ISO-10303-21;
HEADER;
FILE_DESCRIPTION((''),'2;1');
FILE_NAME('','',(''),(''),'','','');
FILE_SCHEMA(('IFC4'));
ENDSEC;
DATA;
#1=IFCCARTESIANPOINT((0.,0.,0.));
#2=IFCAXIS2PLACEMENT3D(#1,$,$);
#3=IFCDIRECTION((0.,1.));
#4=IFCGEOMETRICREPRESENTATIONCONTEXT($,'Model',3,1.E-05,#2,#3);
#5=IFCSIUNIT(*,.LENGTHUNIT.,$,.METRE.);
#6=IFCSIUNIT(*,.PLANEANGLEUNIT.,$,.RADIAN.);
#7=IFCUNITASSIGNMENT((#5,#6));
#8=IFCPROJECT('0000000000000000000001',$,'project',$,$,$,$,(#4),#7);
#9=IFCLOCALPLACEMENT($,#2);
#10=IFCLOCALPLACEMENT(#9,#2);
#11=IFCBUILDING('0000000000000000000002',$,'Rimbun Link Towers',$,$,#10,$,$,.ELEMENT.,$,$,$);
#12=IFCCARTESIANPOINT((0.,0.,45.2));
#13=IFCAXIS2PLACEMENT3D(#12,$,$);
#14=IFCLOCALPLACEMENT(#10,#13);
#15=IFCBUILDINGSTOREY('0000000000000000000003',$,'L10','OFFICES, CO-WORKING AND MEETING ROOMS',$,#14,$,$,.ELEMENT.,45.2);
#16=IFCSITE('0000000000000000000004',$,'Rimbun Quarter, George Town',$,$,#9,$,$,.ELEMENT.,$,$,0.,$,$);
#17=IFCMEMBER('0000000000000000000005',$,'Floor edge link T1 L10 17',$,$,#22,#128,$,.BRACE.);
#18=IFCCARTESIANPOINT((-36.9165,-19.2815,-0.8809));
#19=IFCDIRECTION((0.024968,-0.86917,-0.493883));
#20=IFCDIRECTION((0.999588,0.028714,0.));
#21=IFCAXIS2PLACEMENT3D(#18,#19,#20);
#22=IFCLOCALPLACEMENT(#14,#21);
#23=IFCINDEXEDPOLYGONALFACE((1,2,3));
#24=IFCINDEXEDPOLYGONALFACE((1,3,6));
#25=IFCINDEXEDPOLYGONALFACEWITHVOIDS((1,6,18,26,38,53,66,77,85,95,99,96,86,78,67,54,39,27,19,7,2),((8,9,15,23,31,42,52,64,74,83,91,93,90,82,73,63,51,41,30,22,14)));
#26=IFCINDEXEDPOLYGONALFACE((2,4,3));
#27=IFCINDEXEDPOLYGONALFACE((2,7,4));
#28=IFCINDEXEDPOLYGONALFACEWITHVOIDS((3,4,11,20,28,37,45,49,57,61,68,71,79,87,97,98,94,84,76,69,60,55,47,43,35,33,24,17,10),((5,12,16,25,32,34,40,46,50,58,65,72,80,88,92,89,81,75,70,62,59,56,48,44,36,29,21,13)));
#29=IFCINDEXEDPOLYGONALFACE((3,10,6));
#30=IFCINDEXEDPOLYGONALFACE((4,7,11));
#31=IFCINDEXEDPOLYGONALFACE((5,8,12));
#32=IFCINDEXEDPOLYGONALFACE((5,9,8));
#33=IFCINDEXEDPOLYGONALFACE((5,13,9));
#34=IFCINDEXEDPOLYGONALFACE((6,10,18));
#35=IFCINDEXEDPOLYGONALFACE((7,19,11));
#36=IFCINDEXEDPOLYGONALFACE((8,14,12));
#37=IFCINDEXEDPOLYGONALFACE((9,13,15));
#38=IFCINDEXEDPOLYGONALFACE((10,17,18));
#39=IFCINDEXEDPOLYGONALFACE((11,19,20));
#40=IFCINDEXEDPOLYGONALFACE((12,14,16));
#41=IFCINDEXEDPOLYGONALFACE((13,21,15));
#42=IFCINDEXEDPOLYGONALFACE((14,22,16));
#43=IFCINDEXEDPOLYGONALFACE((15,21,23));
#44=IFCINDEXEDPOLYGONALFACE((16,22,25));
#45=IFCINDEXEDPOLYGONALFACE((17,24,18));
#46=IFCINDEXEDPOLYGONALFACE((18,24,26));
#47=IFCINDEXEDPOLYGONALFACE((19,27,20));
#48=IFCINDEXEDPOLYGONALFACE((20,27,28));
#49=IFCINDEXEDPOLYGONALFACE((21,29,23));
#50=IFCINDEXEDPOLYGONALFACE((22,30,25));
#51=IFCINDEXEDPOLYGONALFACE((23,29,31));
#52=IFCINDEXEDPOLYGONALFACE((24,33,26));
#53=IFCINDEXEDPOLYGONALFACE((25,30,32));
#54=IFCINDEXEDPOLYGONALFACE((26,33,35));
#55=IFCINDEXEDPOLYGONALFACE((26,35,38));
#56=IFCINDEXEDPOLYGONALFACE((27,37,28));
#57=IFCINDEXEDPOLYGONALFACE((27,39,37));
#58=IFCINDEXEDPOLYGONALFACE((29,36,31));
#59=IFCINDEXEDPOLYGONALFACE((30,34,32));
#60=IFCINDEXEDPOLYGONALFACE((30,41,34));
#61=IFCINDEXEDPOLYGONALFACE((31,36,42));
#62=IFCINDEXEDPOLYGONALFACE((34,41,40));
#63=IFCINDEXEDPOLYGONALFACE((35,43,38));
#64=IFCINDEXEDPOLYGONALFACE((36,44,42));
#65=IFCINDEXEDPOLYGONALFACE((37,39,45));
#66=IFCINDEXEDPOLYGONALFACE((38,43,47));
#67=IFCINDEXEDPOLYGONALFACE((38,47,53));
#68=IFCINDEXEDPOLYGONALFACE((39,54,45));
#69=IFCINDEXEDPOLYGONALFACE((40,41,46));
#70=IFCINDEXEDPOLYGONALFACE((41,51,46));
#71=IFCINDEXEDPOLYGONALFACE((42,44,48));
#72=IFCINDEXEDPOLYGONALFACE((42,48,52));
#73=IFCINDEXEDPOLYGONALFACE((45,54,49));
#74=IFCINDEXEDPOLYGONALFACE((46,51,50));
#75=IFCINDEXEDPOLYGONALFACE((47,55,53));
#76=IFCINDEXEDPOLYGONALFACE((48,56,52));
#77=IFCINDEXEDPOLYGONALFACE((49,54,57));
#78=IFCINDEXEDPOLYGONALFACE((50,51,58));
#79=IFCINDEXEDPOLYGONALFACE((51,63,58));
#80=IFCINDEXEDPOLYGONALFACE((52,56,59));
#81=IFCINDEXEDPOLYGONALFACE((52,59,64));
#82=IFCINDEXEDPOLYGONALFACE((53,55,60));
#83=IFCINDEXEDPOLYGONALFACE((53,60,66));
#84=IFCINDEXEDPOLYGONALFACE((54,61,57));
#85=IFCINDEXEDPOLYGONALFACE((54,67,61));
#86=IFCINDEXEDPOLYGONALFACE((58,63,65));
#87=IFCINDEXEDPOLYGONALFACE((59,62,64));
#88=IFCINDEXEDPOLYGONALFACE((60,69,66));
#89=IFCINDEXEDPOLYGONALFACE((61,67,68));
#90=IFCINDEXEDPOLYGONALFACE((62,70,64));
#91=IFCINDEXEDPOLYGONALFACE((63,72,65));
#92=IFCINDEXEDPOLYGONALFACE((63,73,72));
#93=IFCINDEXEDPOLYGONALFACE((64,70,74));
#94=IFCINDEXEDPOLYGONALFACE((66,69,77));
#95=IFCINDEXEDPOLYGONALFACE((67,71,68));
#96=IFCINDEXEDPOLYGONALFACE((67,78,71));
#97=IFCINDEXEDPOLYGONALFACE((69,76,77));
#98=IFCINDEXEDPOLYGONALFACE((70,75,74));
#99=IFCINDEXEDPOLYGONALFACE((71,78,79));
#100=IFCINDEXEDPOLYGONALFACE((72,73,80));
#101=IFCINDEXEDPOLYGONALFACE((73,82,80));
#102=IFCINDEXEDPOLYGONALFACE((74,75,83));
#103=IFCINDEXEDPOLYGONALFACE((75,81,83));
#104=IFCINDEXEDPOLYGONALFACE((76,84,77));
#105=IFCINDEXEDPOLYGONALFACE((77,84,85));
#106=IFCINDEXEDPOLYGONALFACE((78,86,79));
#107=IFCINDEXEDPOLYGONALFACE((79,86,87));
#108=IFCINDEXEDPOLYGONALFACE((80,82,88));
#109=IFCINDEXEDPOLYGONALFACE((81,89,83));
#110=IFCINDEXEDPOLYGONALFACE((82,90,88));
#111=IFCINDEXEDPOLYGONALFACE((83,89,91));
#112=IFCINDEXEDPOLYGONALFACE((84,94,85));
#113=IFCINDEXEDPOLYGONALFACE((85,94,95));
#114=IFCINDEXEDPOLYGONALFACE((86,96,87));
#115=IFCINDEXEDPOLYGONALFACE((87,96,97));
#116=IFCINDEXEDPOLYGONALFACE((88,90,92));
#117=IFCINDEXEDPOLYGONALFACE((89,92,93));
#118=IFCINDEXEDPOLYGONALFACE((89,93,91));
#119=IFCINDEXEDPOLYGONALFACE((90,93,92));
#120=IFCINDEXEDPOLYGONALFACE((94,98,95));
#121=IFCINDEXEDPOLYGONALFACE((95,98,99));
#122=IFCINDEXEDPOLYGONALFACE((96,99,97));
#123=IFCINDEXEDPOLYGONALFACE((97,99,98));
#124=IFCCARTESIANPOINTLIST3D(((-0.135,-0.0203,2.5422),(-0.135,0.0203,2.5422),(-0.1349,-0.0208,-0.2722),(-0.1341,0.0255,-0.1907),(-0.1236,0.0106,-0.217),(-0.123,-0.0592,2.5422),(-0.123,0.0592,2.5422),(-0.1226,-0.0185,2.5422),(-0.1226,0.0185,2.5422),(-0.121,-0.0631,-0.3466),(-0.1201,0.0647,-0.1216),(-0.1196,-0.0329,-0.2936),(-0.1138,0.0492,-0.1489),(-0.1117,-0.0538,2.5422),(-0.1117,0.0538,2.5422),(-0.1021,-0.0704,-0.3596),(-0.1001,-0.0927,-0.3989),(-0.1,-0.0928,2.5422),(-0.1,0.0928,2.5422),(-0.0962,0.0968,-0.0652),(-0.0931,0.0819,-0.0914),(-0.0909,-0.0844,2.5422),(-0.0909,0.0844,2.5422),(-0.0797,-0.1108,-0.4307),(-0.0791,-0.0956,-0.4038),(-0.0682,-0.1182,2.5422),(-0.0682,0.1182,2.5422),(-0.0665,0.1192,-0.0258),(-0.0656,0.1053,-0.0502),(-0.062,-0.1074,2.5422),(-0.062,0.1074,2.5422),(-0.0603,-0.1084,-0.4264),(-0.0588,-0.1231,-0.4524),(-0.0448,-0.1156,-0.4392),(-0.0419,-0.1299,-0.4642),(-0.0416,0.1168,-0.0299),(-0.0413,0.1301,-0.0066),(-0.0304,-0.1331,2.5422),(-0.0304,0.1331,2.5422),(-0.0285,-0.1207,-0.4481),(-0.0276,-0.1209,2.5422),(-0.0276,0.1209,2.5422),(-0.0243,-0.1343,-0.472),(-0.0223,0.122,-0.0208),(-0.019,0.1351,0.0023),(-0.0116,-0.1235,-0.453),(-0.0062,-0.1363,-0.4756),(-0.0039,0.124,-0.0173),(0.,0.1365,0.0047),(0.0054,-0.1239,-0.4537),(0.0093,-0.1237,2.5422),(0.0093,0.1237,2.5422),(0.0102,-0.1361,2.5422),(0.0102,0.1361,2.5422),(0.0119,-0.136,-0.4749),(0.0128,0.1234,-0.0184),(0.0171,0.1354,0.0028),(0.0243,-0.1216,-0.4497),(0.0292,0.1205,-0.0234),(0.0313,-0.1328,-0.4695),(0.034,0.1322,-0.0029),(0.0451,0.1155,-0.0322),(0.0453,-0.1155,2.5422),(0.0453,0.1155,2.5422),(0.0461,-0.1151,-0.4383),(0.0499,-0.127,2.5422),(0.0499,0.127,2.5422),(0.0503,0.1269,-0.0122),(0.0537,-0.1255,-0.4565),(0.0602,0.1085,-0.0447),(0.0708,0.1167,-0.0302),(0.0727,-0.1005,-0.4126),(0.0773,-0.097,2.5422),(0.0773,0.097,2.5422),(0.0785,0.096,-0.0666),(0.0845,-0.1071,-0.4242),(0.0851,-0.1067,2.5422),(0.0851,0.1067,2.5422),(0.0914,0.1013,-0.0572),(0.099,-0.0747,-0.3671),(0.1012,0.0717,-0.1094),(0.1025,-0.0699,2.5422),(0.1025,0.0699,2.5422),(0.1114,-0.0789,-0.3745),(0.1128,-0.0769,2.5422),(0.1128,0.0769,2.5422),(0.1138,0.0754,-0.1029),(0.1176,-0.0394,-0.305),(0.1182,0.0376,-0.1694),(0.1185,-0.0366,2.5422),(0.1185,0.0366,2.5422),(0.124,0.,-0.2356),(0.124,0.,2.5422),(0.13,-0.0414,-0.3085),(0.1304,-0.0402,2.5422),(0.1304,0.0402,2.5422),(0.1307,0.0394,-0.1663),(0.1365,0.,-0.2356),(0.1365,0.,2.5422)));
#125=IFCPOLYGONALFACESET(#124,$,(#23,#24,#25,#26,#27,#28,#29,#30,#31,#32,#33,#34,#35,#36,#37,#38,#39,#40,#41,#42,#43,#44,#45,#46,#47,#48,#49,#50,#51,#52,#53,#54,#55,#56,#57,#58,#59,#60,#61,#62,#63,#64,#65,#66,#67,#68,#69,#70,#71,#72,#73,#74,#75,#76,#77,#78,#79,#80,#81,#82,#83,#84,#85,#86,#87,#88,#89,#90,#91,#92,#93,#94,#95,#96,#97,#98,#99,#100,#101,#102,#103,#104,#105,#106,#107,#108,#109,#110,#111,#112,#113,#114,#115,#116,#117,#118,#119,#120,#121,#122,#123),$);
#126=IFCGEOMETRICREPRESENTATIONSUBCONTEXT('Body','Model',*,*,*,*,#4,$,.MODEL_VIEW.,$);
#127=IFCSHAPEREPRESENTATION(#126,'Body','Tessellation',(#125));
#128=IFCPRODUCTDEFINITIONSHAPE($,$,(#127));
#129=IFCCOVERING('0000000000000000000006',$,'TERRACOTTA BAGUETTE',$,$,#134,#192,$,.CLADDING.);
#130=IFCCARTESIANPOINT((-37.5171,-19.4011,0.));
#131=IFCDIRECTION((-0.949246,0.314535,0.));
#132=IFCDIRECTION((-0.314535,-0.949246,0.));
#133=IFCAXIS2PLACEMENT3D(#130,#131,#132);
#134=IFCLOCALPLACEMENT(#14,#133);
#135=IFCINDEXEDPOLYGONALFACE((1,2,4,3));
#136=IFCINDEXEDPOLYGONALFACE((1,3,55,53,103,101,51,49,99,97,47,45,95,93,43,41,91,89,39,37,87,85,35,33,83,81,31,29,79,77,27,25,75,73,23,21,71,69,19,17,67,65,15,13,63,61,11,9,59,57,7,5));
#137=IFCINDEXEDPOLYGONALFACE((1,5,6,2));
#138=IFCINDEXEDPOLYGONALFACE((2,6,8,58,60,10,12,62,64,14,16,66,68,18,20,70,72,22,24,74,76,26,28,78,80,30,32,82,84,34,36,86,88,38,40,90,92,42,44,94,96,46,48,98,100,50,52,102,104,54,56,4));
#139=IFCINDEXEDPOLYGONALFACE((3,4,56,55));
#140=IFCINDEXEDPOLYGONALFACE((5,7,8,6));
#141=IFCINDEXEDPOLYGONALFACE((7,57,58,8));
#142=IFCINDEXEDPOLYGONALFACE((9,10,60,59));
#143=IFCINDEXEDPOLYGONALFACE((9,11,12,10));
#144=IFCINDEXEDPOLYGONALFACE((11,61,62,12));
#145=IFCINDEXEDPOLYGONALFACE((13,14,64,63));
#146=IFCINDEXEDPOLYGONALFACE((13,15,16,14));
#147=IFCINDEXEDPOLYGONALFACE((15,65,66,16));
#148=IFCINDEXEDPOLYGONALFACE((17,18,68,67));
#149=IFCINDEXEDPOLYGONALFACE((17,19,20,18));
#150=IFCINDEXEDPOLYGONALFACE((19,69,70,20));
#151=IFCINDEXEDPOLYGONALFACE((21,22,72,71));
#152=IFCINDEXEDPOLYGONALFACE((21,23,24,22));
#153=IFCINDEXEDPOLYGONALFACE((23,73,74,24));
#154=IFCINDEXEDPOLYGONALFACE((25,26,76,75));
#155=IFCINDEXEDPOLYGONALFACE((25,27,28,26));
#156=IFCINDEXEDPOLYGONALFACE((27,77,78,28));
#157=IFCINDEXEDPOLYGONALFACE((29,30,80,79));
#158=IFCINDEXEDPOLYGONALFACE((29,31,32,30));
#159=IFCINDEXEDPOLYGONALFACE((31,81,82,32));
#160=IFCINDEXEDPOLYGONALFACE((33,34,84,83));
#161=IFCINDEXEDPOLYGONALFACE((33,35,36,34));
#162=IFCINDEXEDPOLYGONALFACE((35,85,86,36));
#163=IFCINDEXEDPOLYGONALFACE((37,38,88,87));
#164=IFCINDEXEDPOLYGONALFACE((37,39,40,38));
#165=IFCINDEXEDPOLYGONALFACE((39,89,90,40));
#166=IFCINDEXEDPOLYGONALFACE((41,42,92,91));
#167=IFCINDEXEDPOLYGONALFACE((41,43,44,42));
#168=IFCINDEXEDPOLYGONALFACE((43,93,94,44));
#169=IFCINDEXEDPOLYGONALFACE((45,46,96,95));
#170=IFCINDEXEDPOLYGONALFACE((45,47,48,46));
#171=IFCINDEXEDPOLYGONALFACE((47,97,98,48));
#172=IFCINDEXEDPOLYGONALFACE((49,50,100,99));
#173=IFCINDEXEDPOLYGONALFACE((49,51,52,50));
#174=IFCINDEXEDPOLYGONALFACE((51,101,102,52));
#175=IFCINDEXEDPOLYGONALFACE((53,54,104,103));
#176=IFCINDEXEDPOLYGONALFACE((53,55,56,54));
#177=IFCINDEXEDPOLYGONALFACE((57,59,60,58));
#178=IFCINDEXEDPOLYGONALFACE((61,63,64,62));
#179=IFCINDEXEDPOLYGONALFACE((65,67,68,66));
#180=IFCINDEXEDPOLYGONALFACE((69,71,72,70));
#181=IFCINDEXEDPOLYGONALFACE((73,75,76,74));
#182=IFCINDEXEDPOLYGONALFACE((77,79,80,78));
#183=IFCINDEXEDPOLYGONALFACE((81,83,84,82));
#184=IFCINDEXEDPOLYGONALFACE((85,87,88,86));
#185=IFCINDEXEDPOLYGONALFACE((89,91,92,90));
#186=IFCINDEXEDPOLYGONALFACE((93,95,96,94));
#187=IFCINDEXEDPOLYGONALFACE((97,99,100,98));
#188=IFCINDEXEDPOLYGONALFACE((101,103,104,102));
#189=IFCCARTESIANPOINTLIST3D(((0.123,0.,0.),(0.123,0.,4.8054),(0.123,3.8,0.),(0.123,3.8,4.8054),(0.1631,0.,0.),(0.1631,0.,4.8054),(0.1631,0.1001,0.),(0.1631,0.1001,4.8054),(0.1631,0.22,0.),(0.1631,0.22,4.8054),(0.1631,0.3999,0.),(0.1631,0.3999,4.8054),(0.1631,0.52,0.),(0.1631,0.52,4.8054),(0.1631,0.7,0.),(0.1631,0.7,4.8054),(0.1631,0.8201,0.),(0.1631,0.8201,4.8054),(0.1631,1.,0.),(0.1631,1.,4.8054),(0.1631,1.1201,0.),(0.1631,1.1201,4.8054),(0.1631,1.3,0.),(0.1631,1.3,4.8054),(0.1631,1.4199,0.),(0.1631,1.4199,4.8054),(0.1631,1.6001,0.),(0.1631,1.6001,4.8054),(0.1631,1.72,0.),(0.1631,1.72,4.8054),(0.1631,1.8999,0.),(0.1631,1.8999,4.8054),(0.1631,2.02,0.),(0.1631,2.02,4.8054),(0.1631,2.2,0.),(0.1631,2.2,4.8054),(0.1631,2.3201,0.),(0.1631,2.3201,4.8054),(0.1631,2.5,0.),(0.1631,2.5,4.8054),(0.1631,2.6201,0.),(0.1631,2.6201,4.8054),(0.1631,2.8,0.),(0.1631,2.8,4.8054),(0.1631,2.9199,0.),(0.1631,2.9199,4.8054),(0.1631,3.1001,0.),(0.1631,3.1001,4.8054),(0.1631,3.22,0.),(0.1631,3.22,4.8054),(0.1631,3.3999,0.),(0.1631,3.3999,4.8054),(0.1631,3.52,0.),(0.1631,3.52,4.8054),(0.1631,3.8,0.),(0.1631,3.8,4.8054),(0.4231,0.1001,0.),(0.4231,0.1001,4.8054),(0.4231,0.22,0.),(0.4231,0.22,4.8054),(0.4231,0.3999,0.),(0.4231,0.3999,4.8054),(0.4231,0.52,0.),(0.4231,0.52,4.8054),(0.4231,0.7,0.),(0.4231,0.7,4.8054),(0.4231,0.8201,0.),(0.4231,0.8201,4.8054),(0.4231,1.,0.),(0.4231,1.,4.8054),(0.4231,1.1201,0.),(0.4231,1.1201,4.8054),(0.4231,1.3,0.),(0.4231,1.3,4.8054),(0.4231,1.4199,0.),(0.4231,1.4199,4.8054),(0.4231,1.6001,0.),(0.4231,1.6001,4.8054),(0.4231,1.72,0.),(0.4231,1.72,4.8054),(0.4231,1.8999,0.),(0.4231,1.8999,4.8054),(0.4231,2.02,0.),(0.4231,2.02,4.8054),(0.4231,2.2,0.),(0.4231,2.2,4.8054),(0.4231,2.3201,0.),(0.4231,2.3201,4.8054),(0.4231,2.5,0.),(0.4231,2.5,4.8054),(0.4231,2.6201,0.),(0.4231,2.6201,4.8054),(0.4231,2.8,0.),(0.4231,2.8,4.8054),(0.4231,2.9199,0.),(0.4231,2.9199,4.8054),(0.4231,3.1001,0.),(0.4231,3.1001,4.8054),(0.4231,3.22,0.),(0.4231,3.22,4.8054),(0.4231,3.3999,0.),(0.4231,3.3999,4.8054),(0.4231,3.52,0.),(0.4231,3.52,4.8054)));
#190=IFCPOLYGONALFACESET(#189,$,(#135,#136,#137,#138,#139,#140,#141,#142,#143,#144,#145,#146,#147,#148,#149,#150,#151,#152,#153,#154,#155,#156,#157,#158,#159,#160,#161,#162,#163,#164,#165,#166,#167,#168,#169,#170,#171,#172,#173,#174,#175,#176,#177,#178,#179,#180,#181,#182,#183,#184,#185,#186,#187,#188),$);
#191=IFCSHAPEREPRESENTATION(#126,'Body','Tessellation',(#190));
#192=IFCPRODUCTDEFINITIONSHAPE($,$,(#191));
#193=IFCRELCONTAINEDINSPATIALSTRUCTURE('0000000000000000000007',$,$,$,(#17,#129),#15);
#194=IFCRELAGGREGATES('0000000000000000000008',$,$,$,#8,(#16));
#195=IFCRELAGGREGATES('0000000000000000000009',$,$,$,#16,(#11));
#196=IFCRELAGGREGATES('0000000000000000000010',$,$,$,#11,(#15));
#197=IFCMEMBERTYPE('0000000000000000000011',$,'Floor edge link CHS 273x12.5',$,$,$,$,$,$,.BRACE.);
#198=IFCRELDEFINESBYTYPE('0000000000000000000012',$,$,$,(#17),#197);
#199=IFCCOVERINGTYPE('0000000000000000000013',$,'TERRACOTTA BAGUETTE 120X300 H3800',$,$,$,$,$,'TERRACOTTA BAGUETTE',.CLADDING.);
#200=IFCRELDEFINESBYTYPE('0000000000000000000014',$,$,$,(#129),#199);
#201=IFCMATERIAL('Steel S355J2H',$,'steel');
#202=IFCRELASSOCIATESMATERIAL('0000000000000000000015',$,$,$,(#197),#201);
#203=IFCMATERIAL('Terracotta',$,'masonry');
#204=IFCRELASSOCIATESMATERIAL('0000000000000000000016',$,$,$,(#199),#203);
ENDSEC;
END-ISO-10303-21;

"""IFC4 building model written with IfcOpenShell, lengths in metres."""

from ifc_helpers import new_model, si_unit, direction, frame, origin, origin_2d, place, context, subcontext, project, spatial, polyline, hollow_circle, outline, extrude, clip, halfspace, material, material_profile, profile_set, type_object, element, save


model = new_model("IFC4")

# Units and contexts
model_context = context("Model", 3, precision=1e-05, world=origin(), true_north=direction((0.0, 1.0)))
body_context = subcontext(model_context, "Body", "Model", "MODEL_VIEW")
ifc_project = project(units=[si_unit("LENGTHUNIT", "METRE"), si_unit("PLANEANGLEUNIT", "RADIAN")], contexts=[model_context])

# Site, building, storey
site_placement = place(None, origin())
site = spatial("IfcSite", under=ifc_project, at=site_placement, Name="Rimbun Quarter, George Town", CompositionType="ELEMENT", RefElevation=0.0)
building_placement = place(site_placement, origin())
building = spatial("IfcBuilding", under=site, at=building_placement, Name="Rimbun Link Towers", CompositionType="ELEMENT")
storey_placement = place(building_placement, frame((0.0, 0.0, 45.2)))
storey = spatial("IfcBuildingStorey", under=building, at=storey_placement, Name="L10", Description="OFFICES, CO-WORKING AND MEETING ROOMS", CompositionType="ELEMENT", Elevation=45.2)

# Member
ifc_material_1 = material(Name="Steel S355J2H", Category="steel")
ifc_material_profile_1 = material_profile(ifc_material_1, hollow_circle(Radius=0.1365, WallThickness=0.0125, at=origin_2d()), Name="CHS 273x12.5")
ifc_profile_set_1 = profile_set([ifc_material_profile_1], Name="Steel S355J2H")
member_type_1 = type_object("IfcMemberType", Name="Floor edge link CHS 273x12.5", PredefinedType="BRACE", material=ifc_profile_set_1)
member_1_placement = place(storey_placement, frame((-36.9165, -19.2815, -0.8809), z_axis=(0.024968, -0.86917, -0.493883), x_axis=(0.999588, 0.028714, 0.0)))
element("IfcMember", 1, at=member_1_placement, inside=storey, type_object=member_type_1, Name="Floor edge link T1 L10 17", PredefinedType="BRACE", context=body_context, shape_type="Clipping", body=[
    clip(extrude(hollow_circle(Radius=0.1365, WallThickness=0.0125, at=origin_2d()), frame((0.0, 0.0, -0.501)), (0.0, 0.0, 1.0), 3.0432), halfspace(frame((0.0, 0.0, -0.2356), z_axis=(0.0, 0.869528, -0.493883)), False)),
])

# Covering
ifc_material_2 = material(Name="Terracotta", Category="masonry")
ifc_material_profile_2 = material_profile(ifc_material_2, outline(polyline([(0.123, 0.0), (0.1631, 0.0), (0.1631, 0.1001), (0.4231, 0.1001), (0.4231, 0.22), (0.1631, 0.22), (0.1631, 0.3999), (0.4231, 0.3999), (0.4231, 0.52), (0.1631, 0.52), (0.1631, 0.7), (0.4231, 0.7), (0.4231, 0.8201), (0.1631, 0.8201), (0.1631, 1.0), (0.4231, 1.0), (0.4231, 1.1201), (0.1631, 1.1201), (0.1631, 1.3), (0.4231, 1.3), (0.4231, 1.4199), (0.1631, 1.4199), (0.1631, 1.6001), (0.4231, 1.6001), (0.4231, 1.72), (0.1631, 1.72), (0.1631, 1.8999), (0.4231, 1.8999), (0.4231, 2.02), (0.1631, 2.02), (0.1631, 2.2), (0.4231, 2.2), (0.4231, 2.3201), (0.1631, 2.3201), (0.1631, 2.5), (0.4231, 2.5), (0.4231, 2.6201), (0.1631, 2.6201), (0.1631, 2.8), (0.4231, 2.8), (0.4231, 2.9199), (0.1631, 2.9199), (0.1631, 3.1001), (0.4231, 3.1001), (0.4231, 3.22), (0.1631, 3.22), (0.1631, 3.3999), (0.4231, 3.3999), (0.4231, 3.52), (0.1631, 3.52), (0.1631, 3.8), (0.123, 3.8), (0.123, 0.0)])), Name="BAGUETTE 120X300")
ifc_profile_set_2 = profile_set([ifc_material_profile_2], Name="Terracotta")
covering_type = type_object("IfcCoveringType", Name="TERRACOTTA BAGUETTE 120X300 H3800", ElementType="TERRACOTTA BAGUETTE", PredefinedType="CLADDING", material=ifc_profile_set_2)
covering_1_placement = place(storey_placement, frame((-37.5171, -19.4011, 0.0), z_axis=(-0.949246, 0.314535, 0.0), x_axis=(-0.314535, -0.949246, 0.0)))
element("IfcCovering", 2, at=covering_1_placement, inside=storey, type_object=covering_type, Name="TERRACOTTA BAGUETTE", PredefinedType="CLADDING", context=body_context, shape_type="SweptSolid", body=[
    extrude(outline(polyline([(0.123, 0.0), (0.1631, 0.0), (0.1631, 0.1001), (0.4231, 0.1001), (0.4231, 0.22), (0.1631, 0.22), (0.1631, 0.3999), (0.4231, 0.3999), (0.4231, 0.52), (0.1631, 0.52), (0.1631, 0.7), (0.4231, 0.7), (0.4231, 0.8201), (0.1631, 0.8201), (0.1631, 1.0), (0.4231, 1.0), (0.4231, 1.1201), (0.1631, 1.1201), (0.1631, 1.3), (0.4231, 1.3), (0.4231, 1.4199), (0.1631, 1.4199), (0.1631, 1.6001), (0.4231, 1.6001), (0.4231, 1.72), (0.1631, 1.72), (0.1631, 1.8999), (0.4231, 1.8999), (0.4231, 2.02), (0.1631, 2.02), (0.1631, 2.2), (0.4231, 2.2), (0.4231, 2.3201), (0.1631, 2.3201), (0.1631, 2.5), (0.4231, 2.5), (0.4231, 2.6201), (0.1631, 2.6201), (0.1631, 2.8), (0.4231, 2.8), (0.4231, 2.9199), (0.1631, 2.9199), (0.1631, 3.1001), (0.4231, 3.1001), (0.4231, 3.22), (0.1631, 3.22), (0.1631, 3.3999), (0.4231, 3.3999), (0.4231, 3.52), (0.1631, 3.52), (0.1631, 3.8), (0.123, 3.8), (0.123, 0.0)])), origin(), (0.0, 0.0, 1.0), 4.8054),
])

save(model, "model.ifc")
